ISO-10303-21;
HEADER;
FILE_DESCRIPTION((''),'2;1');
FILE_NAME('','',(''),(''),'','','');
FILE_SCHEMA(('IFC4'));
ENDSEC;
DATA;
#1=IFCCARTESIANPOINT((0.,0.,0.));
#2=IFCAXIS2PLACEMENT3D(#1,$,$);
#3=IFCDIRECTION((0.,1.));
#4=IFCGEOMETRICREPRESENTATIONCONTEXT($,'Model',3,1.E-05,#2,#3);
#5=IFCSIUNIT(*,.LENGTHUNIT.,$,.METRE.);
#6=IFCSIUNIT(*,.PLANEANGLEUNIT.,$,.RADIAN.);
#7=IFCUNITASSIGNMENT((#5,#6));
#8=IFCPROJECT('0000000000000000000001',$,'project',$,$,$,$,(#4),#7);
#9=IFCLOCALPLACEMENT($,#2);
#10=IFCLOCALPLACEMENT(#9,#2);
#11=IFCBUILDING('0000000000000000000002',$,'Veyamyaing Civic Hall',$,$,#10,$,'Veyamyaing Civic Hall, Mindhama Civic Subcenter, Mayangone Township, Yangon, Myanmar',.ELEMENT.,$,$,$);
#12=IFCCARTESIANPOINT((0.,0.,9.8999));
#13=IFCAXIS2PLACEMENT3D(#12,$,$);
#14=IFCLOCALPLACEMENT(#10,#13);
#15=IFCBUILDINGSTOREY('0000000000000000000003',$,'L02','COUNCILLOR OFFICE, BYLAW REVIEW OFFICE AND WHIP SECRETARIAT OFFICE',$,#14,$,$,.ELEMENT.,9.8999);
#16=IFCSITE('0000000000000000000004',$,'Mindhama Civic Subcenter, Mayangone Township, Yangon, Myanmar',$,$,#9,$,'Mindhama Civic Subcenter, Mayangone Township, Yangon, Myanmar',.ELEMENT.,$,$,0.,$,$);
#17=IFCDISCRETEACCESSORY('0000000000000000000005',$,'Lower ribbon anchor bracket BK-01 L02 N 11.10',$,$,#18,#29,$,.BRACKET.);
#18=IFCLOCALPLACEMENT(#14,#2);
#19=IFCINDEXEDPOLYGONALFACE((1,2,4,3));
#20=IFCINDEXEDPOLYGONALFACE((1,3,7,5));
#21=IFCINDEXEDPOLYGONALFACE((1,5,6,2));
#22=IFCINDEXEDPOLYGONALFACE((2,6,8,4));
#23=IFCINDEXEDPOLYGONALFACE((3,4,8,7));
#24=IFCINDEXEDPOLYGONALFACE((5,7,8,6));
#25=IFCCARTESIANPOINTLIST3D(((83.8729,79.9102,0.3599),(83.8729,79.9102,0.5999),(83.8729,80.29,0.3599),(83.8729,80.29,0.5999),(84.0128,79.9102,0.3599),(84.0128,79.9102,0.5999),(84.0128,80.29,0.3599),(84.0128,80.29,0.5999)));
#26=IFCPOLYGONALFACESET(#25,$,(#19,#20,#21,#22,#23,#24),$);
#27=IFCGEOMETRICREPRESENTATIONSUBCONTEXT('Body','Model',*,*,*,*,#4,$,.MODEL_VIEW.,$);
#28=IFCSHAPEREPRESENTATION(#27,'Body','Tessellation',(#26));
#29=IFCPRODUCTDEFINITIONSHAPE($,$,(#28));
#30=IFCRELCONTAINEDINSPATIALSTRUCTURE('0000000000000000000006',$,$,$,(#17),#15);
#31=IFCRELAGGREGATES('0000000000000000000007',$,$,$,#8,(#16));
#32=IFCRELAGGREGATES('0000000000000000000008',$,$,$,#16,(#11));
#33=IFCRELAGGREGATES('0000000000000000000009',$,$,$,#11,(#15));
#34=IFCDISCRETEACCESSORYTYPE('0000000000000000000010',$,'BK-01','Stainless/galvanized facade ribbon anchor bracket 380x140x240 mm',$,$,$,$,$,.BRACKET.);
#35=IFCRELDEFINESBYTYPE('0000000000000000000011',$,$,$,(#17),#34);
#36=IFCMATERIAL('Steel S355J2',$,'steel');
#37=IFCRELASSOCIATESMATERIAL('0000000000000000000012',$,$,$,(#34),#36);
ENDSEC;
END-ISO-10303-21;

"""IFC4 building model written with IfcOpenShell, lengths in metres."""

from ifc_helpers import new_model, si_unit, direction, frame, origin, origin_2d, place, context, subcontext, project, spatial, rectangle, extrude, material, type_object, element, save


model = new_model("IFC4")

# Units and contexts
model_context = context("Model", 3, precision=1e-05, world=origin(), true_north=direction((0.0, 1.0)))
body_context = subcontext(model_context, "Body", "Model", "MODEL_VIEW")
ifc_project = project(units=[si_unit("LENGTHUNIT", "METRE"), si_unit("PLANEANGLEUNIT", "RADIAN")], contexts=[model_context])

# Site, building, storey
site_placement = place(None, origin())
site = spatial("IfcSite", under=ifc_project, at=site_placement, Name="Mindhama Civic Subcenter, Mayangone Township, Yangon, Myanmar", LongName="Mindhama Civic Subcenter, Mayangone Township, Yangon, Myanmar", CompositionType="ELEMENT", RefElevation=0.0)
building_placement = place(site_placement, origin())
building = spatial("IfcBuilding", under=site, at=building_placement, Name="Veyamyaing Civic Hall", LongName="Veyamyaing Civic Hall, Mindhama Civic Subcenter, Mayangone Township, Yangon, Myanmar", CompositionType="ELEMENT")
storey_placement = place(building_placement, frame((0.0, 0.0, 9.8999)))
storey = spatial("IfcBuildingStorey", under=building, at=storey_placement, Name="L02", Description="COUNCILLOR OFFICE, BYLAW REVIEW OFFICE AND WHIP SECRETARIAT OFFICE", CompositionType="ELEMENT", Elevation=9.8999)

# Discrete accessory
ifc_material_1 = material(Name="Steel S355J2", Category="steel")
discrete_accessory_type = type_object("IfcDiscreteAccessoryType", Name="BK-01", Description="Stainless/galvanized facade ribbon anchor bracket 380x140x240 mm", PredefinedType="BRACKET", material=ifc_material_1)
for number, where, z_axis, x_axis, name in (
    (1, (83.9429, 80.1001, 0.3599), (0.0, 0.0, 1.0), (0.0, 1.0, 0.0), "Lower ribbon anchor bracket BK-01 L02 N 11.10"),
):
    element("IfcDiscreteAccessory", number, at=place(storey_placement, frame(where, z_axis=z_axis, x_axis=x_axis)), inside=storey, type_object=discrete_accessory_type, Name=name, PredefinedType="BRACKET", context=body_context, shape_type="SweptSolid", body=[
        extrude(rectangle(XDim=0.3799, YDim=0.1399, at=origin_2d()), origin(), (0.0, 0.0, 1.0), 0.24),
    ])

save(model, "model.ifc")
